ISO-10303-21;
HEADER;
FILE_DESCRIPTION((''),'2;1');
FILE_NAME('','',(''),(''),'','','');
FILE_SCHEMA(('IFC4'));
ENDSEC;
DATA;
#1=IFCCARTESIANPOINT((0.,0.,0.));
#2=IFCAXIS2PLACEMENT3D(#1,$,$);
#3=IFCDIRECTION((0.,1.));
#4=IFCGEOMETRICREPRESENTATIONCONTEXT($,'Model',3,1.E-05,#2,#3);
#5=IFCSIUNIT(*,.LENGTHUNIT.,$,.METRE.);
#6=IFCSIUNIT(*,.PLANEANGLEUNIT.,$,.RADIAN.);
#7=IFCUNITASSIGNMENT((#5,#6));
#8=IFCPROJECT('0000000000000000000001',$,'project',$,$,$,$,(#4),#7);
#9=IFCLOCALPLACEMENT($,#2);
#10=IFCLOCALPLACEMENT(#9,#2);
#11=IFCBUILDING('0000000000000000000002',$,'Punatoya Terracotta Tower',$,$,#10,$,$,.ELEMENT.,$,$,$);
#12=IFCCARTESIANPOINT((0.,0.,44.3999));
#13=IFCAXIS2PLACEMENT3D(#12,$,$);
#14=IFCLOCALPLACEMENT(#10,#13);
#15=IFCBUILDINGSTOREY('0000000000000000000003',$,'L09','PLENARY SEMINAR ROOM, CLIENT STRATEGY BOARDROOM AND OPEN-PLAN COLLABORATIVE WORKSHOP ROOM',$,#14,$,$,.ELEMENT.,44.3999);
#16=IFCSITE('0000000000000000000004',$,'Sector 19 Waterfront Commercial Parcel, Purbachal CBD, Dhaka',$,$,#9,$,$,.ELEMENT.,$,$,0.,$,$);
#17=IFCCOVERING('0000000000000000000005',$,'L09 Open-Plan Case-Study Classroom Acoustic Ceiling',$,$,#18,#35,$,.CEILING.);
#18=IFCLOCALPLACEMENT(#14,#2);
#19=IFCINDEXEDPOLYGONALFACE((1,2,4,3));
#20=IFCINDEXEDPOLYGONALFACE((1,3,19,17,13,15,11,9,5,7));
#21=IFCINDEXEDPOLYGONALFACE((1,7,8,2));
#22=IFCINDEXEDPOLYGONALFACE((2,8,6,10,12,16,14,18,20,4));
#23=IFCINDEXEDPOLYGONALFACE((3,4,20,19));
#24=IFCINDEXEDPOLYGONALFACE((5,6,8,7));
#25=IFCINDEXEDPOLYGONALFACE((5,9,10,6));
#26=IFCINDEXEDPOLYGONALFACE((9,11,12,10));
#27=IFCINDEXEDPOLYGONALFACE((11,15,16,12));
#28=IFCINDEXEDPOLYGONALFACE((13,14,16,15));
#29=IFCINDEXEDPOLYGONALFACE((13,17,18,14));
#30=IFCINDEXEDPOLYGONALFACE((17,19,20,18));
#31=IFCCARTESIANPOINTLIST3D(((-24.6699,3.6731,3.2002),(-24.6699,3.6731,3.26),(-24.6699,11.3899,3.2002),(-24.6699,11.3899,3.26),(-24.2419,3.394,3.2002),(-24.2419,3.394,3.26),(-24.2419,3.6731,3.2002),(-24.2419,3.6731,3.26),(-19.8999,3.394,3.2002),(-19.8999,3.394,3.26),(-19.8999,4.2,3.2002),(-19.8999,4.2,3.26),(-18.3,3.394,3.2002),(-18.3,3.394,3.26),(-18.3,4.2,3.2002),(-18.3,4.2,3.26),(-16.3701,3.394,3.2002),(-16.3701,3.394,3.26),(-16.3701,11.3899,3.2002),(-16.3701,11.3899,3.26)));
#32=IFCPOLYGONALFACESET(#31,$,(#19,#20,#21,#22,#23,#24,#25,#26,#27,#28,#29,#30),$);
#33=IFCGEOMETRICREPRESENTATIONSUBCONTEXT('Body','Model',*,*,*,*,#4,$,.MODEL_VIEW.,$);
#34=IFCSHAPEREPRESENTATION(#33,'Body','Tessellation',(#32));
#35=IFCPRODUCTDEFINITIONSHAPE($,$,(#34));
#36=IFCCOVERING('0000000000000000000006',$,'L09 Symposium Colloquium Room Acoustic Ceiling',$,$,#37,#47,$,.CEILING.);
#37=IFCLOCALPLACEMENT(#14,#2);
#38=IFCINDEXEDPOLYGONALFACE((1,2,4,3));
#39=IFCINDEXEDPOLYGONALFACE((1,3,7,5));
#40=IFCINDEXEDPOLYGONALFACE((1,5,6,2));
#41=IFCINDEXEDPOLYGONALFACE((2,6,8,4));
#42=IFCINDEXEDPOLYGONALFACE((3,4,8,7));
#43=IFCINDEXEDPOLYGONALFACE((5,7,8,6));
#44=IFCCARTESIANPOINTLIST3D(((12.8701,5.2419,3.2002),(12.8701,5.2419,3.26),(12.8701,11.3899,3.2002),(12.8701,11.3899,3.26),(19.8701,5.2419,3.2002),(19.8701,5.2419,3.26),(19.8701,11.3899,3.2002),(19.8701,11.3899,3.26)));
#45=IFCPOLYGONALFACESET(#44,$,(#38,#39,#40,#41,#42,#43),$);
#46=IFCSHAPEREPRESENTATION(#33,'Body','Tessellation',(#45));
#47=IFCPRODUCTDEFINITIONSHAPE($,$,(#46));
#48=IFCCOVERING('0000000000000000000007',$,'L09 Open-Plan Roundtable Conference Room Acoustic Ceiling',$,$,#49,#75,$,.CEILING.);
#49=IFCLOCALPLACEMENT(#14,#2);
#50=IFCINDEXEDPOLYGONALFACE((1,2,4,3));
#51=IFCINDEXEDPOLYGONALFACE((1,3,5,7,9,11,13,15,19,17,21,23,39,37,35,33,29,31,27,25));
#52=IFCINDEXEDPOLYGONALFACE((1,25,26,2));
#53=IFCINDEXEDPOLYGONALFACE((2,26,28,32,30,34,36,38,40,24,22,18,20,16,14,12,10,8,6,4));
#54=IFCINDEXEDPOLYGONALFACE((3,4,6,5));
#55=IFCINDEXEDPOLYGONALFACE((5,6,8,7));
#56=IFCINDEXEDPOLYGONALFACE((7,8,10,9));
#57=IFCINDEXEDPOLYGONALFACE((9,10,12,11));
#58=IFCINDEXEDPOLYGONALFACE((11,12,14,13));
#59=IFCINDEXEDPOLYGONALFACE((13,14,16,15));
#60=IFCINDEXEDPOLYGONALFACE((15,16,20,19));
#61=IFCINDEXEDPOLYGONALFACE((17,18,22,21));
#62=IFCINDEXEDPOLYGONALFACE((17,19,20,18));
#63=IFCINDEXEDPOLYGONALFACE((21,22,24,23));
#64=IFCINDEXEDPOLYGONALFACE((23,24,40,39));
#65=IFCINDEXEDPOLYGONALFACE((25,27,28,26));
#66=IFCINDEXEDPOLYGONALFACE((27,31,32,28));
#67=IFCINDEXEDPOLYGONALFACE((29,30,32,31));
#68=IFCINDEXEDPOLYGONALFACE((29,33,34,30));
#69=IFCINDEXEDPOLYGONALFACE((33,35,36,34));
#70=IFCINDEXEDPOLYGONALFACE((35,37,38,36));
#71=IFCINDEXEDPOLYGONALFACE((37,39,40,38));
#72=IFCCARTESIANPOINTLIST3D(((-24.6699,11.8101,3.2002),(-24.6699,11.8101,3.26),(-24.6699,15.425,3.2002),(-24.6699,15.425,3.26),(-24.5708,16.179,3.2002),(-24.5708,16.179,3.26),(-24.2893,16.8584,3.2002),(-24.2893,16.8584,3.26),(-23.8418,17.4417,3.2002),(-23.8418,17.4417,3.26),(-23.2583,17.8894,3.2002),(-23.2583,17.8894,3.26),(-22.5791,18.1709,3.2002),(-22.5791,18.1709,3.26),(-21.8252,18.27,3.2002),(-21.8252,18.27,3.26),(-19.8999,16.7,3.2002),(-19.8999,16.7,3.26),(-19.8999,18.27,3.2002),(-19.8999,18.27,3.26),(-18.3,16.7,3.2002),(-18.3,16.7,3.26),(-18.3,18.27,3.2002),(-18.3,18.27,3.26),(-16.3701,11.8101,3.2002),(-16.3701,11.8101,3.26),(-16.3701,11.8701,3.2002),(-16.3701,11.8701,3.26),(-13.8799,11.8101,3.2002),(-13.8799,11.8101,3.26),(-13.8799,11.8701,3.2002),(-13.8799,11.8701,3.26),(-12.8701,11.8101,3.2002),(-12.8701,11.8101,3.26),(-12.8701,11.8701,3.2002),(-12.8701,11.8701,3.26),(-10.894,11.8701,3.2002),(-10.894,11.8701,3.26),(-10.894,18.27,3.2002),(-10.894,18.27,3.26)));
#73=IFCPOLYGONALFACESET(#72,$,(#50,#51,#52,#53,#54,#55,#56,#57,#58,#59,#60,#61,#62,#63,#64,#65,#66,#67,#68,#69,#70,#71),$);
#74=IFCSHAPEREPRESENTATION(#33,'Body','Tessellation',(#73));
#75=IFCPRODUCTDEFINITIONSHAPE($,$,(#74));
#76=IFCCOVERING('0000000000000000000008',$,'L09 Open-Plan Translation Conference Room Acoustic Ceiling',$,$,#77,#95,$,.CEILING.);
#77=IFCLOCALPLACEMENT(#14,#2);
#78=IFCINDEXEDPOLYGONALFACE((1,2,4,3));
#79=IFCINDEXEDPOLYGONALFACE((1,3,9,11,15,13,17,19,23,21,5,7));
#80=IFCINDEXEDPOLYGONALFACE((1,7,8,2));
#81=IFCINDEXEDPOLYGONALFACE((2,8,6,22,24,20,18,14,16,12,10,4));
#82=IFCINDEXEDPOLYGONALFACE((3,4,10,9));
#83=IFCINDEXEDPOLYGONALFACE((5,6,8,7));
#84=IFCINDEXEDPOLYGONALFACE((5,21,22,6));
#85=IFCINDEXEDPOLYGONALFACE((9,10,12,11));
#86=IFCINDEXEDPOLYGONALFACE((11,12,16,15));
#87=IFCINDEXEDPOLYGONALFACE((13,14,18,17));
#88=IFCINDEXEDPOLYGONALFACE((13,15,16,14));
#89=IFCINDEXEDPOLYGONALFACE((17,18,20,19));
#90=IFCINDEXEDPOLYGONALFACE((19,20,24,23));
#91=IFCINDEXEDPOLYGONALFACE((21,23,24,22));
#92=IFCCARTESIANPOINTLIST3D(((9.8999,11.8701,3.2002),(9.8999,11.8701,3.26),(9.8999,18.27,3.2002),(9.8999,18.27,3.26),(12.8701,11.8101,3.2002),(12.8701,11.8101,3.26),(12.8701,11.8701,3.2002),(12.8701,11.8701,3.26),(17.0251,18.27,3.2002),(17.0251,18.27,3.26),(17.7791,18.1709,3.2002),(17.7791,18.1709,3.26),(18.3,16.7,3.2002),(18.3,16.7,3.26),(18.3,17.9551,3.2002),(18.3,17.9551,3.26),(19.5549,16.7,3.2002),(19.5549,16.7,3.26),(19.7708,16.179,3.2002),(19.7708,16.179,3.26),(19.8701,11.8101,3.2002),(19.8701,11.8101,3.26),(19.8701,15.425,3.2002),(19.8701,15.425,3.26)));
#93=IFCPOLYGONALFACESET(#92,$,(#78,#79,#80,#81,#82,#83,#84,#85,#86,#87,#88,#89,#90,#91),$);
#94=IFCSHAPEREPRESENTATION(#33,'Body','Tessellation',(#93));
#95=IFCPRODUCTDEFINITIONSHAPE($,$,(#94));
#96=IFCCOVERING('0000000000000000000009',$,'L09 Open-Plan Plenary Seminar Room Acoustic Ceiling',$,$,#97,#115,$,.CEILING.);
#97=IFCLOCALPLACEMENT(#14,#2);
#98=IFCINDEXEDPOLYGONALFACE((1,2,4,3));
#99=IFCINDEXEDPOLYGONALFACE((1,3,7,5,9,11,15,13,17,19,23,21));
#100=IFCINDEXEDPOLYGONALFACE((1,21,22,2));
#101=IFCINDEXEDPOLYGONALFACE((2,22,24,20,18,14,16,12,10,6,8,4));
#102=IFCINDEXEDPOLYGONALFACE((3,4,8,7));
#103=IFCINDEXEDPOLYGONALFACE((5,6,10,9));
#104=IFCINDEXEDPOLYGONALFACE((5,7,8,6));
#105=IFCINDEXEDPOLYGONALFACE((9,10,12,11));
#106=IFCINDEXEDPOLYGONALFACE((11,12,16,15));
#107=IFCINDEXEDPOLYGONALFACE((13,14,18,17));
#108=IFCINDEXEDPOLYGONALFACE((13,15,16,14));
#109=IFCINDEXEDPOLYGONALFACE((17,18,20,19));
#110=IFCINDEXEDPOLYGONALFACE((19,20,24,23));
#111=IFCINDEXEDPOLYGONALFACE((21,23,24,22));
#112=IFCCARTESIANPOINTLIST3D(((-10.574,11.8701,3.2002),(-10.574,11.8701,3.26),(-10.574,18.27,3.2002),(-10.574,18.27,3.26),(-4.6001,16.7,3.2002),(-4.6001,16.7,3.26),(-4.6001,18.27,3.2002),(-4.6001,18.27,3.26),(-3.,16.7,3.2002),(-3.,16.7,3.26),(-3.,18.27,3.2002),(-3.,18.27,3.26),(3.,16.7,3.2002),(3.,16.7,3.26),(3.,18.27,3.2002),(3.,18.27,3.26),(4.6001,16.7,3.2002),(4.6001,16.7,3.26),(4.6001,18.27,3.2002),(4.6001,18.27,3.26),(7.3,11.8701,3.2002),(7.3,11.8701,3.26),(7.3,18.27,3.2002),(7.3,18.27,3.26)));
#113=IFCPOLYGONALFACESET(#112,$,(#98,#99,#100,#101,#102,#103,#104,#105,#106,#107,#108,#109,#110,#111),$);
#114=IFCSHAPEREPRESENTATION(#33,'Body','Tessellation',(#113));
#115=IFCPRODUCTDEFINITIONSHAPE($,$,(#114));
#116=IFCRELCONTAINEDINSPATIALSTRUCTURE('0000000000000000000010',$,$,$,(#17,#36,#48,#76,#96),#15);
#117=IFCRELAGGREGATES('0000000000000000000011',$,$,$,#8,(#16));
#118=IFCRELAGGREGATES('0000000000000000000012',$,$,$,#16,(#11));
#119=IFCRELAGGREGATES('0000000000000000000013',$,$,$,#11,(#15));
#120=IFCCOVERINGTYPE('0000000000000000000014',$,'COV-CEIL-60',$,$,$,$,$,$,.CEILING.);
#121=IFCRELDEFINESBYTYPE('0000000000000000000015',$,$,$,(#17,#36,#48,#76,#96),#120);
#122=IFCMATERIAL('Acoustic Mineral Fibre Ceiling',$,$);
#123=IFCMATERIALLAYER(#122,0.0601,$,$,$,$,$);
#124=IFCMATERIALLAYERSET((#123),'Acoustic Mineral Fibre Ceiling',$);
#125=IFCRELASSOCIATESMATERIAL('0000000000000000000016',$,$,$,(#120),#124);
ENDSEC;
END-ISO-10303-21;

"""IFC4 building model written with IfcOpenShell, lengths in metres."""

from ifc_helpers import new_model, si_unit, direction, frame, origin, place, context, subcontext, project, spatial, polyline, outline, extrude, material, layer, layer_set, type_object, element, save


model = new_model("IFC4")

# Units and contexts
model_context = context("Model", 3, precision=1e-05, world=origin(), true_north=direction((0.0, 1.0)))
body_context = subcontext(model_context, "Body", "Model", "MODEL_VIEW")
ifc_project = project(units=[si_unit("LENGTHUNIT", "METRE"), si_unit("PLANEANGLEUNIT", "RADIAN")], contexts=[model_context])

# Site, building, storey
site_placement = place(None, origin())
site = spatial("IfcSite", under=ifc_project, at=site_placement, Name="Sector 19 Waterfront Commercial Parcel, Purbachal CBD, Dhaka", CompositionType="ELEMENT", RefElevation=0.0)
building_placement = place(site_placement, origin())
building = spatial("IfcBuilding", under=site, at=building_placement, Name="Punatoya Terracotta Tower", CompositionType="ELEMENT")
storey_placement = place(building_placement, frame((0.0, 0.0, 44.3999)))
storey = spatial("IfcBuildingStorey", under=building, at=storey_placement, Name="L09", Description="PLENARY SEMINAR ROOM, CLIENT STRATEGY BOARDROOM AND OPEN-PLAN COLLABORATIVE WORKSHOP ROOM", CompositionType="ELEMENT", Elevation=44.3999)

# Coverings
ifc_material_1 = material(Name="Acoustic Mineral Fibre Ceiling")
ifc_layer_1 = layer(ifc_material_1, 0.0601)
ifc_layer_set_1 = layer_set([ifc_layer_1], Name="Acoustic Mineral Fibre Ceiling")
covering_type = type_object("IfcCoveringType", Name="COV-CEIL-60", PredefinedType="CEILING", material=ifc_layer_set_1)
covering_1_placement = place(storey_placement, frame((0.0, 0.0, 3.2002)))
element("IfcCovering", 1, at=covering_1_placement, inside=storey, type_object=covering_type, Name="L09 Open-Plan Case-Study Classroom Acoustic Ceiling", PredefinedType="CEILING", context=body_context, shape_type="SweptSolid", body=[
    extrude(outline(polyline([(-18.3, 4.2), (-18.3, 3.394), (-16.3701, 3.394), (-16.3701, 11.3899), (-24.6699, 11.3899), (-24.6699, 3.6731), (-24.2419, 3.6731), (-24.2419, 3.394), (-19.8999, 3.394), (-19.8999, 4.2), (-18.3, 4.2)])), origin(), (0.0, 0.0, 1.0), 0.0598),
])
covering_2_placement = place(storey_placement, frame((0.0, 0.0, 3.2002)))
element("IfcCovering", 2, at=covering_2_placement, inside=storey, type_object=covering_type, Name="L09 Symposium Colloquium Room Acoustic Ceiling", PredefinedType="CEILING", context=body_context, shape_type="SweptSolid", body=[
    extrude(outline(polyline([(19.8701, 5.2419), (19.8701, 11.3899), (12.8701, 11.3899), (12.8701, 5.2419), (19.8701, 5.2419)])), origin(), (0.0, 0.0, 1.0), 0.0598),
])
covering_3_placement = place(storey_placement, frame((0.0, 0.0, 3.2002)))
element("IfcCovering", 3, at=covering_3_placement, inside=storey, type_object=covering_type, Name="L09 Open-Plan Roundtable Conference Room Acoustic Ceiling", PredefinedType="CEILING", context=body_context, shape_type="SweptSolid", body=[
    extrude(outline(polyline([(-23.2583, 17.8894), (-23.8418, 17.4417), (-24.2893, 16.8584), (-24.5708, 16.179), (-24.6699, 15.425), (-24.6699, 11.8101), (-16.3701, 11.8101), (-16.3701, 11.8701), (-13.8799, 11.8701), (-13.8799, 11.8101), (-12.8701, 11.8101), (-12.8701, 11.8701), (-10.894, 11.8701), (-10.894, 18.27), (-18.3, 18.27), (-18.3, 16.7), (-19.8999, 16.7), (-19.8999, 18.27), (-21.8252, 18.27), (-22.5791, 18.1709), (-23.2583, 17.8894)])), origin(), (0.0, 0.0, 1.0), 0.0598),
])
covering_4_placement = place(storey_placement, frame((0.0, 0.0, 3.2002)))
element("IfcCovering", 4, at=covering_4_placement, inside=storey, type_object=covering_type, Name="L09 Open-Plan Translation Conference Room Acoustic Ceiling", PredefinedType="CEILING", context=body_context, shape_type="SweptSolid", body=[
    extrude(outline(polyline([(12.8701, 11.8101), (19.8701, 11.8101), (19.8701, 15.425), (19.7708, 16.179), (19.5549, 16.7), (18.3, 16.7), (18.3, 17.9551), (17.7791, 18.1709), (17.0251, 18.27), (9.8999, 18.27), (9.8999, 11.8701), (12.8701, 11.8701), (12.8701, 11.8101)])), origin(), (0.0, 0.0, 1.0), 0.0598),
])
covering_5_placement = place(storey_placement, frame((0.0, 0.0, 3.2002)))
element("IfcCovering", 5, at=covering_5_placement, inside=storey, type_object=covering_type, Name="L09 Open-Plan Plenary Seminar Room Acoustic Ceiling", PredefinedType="CEILING", context=body_context, shape_type="SweptSolid", body=[
    extrude(outline(polyline([(3.0, 18.27), (-3.0, 18.27), (-3.0, 16.7), (-4.6001, 16.7), (-4.6001, 18.27), (-10.574, 18.27), (-10.574, 11.8701), (7.3, 11.8701), (7.3, 18.27), (4.6001, 18.27), (4.6001, 16.7), (3.0, 16.7), (3.0, 18.27)])), origin(), (0.0, 0.0, 1.0), 0.0598),
])

save(model, "model.ifc")
